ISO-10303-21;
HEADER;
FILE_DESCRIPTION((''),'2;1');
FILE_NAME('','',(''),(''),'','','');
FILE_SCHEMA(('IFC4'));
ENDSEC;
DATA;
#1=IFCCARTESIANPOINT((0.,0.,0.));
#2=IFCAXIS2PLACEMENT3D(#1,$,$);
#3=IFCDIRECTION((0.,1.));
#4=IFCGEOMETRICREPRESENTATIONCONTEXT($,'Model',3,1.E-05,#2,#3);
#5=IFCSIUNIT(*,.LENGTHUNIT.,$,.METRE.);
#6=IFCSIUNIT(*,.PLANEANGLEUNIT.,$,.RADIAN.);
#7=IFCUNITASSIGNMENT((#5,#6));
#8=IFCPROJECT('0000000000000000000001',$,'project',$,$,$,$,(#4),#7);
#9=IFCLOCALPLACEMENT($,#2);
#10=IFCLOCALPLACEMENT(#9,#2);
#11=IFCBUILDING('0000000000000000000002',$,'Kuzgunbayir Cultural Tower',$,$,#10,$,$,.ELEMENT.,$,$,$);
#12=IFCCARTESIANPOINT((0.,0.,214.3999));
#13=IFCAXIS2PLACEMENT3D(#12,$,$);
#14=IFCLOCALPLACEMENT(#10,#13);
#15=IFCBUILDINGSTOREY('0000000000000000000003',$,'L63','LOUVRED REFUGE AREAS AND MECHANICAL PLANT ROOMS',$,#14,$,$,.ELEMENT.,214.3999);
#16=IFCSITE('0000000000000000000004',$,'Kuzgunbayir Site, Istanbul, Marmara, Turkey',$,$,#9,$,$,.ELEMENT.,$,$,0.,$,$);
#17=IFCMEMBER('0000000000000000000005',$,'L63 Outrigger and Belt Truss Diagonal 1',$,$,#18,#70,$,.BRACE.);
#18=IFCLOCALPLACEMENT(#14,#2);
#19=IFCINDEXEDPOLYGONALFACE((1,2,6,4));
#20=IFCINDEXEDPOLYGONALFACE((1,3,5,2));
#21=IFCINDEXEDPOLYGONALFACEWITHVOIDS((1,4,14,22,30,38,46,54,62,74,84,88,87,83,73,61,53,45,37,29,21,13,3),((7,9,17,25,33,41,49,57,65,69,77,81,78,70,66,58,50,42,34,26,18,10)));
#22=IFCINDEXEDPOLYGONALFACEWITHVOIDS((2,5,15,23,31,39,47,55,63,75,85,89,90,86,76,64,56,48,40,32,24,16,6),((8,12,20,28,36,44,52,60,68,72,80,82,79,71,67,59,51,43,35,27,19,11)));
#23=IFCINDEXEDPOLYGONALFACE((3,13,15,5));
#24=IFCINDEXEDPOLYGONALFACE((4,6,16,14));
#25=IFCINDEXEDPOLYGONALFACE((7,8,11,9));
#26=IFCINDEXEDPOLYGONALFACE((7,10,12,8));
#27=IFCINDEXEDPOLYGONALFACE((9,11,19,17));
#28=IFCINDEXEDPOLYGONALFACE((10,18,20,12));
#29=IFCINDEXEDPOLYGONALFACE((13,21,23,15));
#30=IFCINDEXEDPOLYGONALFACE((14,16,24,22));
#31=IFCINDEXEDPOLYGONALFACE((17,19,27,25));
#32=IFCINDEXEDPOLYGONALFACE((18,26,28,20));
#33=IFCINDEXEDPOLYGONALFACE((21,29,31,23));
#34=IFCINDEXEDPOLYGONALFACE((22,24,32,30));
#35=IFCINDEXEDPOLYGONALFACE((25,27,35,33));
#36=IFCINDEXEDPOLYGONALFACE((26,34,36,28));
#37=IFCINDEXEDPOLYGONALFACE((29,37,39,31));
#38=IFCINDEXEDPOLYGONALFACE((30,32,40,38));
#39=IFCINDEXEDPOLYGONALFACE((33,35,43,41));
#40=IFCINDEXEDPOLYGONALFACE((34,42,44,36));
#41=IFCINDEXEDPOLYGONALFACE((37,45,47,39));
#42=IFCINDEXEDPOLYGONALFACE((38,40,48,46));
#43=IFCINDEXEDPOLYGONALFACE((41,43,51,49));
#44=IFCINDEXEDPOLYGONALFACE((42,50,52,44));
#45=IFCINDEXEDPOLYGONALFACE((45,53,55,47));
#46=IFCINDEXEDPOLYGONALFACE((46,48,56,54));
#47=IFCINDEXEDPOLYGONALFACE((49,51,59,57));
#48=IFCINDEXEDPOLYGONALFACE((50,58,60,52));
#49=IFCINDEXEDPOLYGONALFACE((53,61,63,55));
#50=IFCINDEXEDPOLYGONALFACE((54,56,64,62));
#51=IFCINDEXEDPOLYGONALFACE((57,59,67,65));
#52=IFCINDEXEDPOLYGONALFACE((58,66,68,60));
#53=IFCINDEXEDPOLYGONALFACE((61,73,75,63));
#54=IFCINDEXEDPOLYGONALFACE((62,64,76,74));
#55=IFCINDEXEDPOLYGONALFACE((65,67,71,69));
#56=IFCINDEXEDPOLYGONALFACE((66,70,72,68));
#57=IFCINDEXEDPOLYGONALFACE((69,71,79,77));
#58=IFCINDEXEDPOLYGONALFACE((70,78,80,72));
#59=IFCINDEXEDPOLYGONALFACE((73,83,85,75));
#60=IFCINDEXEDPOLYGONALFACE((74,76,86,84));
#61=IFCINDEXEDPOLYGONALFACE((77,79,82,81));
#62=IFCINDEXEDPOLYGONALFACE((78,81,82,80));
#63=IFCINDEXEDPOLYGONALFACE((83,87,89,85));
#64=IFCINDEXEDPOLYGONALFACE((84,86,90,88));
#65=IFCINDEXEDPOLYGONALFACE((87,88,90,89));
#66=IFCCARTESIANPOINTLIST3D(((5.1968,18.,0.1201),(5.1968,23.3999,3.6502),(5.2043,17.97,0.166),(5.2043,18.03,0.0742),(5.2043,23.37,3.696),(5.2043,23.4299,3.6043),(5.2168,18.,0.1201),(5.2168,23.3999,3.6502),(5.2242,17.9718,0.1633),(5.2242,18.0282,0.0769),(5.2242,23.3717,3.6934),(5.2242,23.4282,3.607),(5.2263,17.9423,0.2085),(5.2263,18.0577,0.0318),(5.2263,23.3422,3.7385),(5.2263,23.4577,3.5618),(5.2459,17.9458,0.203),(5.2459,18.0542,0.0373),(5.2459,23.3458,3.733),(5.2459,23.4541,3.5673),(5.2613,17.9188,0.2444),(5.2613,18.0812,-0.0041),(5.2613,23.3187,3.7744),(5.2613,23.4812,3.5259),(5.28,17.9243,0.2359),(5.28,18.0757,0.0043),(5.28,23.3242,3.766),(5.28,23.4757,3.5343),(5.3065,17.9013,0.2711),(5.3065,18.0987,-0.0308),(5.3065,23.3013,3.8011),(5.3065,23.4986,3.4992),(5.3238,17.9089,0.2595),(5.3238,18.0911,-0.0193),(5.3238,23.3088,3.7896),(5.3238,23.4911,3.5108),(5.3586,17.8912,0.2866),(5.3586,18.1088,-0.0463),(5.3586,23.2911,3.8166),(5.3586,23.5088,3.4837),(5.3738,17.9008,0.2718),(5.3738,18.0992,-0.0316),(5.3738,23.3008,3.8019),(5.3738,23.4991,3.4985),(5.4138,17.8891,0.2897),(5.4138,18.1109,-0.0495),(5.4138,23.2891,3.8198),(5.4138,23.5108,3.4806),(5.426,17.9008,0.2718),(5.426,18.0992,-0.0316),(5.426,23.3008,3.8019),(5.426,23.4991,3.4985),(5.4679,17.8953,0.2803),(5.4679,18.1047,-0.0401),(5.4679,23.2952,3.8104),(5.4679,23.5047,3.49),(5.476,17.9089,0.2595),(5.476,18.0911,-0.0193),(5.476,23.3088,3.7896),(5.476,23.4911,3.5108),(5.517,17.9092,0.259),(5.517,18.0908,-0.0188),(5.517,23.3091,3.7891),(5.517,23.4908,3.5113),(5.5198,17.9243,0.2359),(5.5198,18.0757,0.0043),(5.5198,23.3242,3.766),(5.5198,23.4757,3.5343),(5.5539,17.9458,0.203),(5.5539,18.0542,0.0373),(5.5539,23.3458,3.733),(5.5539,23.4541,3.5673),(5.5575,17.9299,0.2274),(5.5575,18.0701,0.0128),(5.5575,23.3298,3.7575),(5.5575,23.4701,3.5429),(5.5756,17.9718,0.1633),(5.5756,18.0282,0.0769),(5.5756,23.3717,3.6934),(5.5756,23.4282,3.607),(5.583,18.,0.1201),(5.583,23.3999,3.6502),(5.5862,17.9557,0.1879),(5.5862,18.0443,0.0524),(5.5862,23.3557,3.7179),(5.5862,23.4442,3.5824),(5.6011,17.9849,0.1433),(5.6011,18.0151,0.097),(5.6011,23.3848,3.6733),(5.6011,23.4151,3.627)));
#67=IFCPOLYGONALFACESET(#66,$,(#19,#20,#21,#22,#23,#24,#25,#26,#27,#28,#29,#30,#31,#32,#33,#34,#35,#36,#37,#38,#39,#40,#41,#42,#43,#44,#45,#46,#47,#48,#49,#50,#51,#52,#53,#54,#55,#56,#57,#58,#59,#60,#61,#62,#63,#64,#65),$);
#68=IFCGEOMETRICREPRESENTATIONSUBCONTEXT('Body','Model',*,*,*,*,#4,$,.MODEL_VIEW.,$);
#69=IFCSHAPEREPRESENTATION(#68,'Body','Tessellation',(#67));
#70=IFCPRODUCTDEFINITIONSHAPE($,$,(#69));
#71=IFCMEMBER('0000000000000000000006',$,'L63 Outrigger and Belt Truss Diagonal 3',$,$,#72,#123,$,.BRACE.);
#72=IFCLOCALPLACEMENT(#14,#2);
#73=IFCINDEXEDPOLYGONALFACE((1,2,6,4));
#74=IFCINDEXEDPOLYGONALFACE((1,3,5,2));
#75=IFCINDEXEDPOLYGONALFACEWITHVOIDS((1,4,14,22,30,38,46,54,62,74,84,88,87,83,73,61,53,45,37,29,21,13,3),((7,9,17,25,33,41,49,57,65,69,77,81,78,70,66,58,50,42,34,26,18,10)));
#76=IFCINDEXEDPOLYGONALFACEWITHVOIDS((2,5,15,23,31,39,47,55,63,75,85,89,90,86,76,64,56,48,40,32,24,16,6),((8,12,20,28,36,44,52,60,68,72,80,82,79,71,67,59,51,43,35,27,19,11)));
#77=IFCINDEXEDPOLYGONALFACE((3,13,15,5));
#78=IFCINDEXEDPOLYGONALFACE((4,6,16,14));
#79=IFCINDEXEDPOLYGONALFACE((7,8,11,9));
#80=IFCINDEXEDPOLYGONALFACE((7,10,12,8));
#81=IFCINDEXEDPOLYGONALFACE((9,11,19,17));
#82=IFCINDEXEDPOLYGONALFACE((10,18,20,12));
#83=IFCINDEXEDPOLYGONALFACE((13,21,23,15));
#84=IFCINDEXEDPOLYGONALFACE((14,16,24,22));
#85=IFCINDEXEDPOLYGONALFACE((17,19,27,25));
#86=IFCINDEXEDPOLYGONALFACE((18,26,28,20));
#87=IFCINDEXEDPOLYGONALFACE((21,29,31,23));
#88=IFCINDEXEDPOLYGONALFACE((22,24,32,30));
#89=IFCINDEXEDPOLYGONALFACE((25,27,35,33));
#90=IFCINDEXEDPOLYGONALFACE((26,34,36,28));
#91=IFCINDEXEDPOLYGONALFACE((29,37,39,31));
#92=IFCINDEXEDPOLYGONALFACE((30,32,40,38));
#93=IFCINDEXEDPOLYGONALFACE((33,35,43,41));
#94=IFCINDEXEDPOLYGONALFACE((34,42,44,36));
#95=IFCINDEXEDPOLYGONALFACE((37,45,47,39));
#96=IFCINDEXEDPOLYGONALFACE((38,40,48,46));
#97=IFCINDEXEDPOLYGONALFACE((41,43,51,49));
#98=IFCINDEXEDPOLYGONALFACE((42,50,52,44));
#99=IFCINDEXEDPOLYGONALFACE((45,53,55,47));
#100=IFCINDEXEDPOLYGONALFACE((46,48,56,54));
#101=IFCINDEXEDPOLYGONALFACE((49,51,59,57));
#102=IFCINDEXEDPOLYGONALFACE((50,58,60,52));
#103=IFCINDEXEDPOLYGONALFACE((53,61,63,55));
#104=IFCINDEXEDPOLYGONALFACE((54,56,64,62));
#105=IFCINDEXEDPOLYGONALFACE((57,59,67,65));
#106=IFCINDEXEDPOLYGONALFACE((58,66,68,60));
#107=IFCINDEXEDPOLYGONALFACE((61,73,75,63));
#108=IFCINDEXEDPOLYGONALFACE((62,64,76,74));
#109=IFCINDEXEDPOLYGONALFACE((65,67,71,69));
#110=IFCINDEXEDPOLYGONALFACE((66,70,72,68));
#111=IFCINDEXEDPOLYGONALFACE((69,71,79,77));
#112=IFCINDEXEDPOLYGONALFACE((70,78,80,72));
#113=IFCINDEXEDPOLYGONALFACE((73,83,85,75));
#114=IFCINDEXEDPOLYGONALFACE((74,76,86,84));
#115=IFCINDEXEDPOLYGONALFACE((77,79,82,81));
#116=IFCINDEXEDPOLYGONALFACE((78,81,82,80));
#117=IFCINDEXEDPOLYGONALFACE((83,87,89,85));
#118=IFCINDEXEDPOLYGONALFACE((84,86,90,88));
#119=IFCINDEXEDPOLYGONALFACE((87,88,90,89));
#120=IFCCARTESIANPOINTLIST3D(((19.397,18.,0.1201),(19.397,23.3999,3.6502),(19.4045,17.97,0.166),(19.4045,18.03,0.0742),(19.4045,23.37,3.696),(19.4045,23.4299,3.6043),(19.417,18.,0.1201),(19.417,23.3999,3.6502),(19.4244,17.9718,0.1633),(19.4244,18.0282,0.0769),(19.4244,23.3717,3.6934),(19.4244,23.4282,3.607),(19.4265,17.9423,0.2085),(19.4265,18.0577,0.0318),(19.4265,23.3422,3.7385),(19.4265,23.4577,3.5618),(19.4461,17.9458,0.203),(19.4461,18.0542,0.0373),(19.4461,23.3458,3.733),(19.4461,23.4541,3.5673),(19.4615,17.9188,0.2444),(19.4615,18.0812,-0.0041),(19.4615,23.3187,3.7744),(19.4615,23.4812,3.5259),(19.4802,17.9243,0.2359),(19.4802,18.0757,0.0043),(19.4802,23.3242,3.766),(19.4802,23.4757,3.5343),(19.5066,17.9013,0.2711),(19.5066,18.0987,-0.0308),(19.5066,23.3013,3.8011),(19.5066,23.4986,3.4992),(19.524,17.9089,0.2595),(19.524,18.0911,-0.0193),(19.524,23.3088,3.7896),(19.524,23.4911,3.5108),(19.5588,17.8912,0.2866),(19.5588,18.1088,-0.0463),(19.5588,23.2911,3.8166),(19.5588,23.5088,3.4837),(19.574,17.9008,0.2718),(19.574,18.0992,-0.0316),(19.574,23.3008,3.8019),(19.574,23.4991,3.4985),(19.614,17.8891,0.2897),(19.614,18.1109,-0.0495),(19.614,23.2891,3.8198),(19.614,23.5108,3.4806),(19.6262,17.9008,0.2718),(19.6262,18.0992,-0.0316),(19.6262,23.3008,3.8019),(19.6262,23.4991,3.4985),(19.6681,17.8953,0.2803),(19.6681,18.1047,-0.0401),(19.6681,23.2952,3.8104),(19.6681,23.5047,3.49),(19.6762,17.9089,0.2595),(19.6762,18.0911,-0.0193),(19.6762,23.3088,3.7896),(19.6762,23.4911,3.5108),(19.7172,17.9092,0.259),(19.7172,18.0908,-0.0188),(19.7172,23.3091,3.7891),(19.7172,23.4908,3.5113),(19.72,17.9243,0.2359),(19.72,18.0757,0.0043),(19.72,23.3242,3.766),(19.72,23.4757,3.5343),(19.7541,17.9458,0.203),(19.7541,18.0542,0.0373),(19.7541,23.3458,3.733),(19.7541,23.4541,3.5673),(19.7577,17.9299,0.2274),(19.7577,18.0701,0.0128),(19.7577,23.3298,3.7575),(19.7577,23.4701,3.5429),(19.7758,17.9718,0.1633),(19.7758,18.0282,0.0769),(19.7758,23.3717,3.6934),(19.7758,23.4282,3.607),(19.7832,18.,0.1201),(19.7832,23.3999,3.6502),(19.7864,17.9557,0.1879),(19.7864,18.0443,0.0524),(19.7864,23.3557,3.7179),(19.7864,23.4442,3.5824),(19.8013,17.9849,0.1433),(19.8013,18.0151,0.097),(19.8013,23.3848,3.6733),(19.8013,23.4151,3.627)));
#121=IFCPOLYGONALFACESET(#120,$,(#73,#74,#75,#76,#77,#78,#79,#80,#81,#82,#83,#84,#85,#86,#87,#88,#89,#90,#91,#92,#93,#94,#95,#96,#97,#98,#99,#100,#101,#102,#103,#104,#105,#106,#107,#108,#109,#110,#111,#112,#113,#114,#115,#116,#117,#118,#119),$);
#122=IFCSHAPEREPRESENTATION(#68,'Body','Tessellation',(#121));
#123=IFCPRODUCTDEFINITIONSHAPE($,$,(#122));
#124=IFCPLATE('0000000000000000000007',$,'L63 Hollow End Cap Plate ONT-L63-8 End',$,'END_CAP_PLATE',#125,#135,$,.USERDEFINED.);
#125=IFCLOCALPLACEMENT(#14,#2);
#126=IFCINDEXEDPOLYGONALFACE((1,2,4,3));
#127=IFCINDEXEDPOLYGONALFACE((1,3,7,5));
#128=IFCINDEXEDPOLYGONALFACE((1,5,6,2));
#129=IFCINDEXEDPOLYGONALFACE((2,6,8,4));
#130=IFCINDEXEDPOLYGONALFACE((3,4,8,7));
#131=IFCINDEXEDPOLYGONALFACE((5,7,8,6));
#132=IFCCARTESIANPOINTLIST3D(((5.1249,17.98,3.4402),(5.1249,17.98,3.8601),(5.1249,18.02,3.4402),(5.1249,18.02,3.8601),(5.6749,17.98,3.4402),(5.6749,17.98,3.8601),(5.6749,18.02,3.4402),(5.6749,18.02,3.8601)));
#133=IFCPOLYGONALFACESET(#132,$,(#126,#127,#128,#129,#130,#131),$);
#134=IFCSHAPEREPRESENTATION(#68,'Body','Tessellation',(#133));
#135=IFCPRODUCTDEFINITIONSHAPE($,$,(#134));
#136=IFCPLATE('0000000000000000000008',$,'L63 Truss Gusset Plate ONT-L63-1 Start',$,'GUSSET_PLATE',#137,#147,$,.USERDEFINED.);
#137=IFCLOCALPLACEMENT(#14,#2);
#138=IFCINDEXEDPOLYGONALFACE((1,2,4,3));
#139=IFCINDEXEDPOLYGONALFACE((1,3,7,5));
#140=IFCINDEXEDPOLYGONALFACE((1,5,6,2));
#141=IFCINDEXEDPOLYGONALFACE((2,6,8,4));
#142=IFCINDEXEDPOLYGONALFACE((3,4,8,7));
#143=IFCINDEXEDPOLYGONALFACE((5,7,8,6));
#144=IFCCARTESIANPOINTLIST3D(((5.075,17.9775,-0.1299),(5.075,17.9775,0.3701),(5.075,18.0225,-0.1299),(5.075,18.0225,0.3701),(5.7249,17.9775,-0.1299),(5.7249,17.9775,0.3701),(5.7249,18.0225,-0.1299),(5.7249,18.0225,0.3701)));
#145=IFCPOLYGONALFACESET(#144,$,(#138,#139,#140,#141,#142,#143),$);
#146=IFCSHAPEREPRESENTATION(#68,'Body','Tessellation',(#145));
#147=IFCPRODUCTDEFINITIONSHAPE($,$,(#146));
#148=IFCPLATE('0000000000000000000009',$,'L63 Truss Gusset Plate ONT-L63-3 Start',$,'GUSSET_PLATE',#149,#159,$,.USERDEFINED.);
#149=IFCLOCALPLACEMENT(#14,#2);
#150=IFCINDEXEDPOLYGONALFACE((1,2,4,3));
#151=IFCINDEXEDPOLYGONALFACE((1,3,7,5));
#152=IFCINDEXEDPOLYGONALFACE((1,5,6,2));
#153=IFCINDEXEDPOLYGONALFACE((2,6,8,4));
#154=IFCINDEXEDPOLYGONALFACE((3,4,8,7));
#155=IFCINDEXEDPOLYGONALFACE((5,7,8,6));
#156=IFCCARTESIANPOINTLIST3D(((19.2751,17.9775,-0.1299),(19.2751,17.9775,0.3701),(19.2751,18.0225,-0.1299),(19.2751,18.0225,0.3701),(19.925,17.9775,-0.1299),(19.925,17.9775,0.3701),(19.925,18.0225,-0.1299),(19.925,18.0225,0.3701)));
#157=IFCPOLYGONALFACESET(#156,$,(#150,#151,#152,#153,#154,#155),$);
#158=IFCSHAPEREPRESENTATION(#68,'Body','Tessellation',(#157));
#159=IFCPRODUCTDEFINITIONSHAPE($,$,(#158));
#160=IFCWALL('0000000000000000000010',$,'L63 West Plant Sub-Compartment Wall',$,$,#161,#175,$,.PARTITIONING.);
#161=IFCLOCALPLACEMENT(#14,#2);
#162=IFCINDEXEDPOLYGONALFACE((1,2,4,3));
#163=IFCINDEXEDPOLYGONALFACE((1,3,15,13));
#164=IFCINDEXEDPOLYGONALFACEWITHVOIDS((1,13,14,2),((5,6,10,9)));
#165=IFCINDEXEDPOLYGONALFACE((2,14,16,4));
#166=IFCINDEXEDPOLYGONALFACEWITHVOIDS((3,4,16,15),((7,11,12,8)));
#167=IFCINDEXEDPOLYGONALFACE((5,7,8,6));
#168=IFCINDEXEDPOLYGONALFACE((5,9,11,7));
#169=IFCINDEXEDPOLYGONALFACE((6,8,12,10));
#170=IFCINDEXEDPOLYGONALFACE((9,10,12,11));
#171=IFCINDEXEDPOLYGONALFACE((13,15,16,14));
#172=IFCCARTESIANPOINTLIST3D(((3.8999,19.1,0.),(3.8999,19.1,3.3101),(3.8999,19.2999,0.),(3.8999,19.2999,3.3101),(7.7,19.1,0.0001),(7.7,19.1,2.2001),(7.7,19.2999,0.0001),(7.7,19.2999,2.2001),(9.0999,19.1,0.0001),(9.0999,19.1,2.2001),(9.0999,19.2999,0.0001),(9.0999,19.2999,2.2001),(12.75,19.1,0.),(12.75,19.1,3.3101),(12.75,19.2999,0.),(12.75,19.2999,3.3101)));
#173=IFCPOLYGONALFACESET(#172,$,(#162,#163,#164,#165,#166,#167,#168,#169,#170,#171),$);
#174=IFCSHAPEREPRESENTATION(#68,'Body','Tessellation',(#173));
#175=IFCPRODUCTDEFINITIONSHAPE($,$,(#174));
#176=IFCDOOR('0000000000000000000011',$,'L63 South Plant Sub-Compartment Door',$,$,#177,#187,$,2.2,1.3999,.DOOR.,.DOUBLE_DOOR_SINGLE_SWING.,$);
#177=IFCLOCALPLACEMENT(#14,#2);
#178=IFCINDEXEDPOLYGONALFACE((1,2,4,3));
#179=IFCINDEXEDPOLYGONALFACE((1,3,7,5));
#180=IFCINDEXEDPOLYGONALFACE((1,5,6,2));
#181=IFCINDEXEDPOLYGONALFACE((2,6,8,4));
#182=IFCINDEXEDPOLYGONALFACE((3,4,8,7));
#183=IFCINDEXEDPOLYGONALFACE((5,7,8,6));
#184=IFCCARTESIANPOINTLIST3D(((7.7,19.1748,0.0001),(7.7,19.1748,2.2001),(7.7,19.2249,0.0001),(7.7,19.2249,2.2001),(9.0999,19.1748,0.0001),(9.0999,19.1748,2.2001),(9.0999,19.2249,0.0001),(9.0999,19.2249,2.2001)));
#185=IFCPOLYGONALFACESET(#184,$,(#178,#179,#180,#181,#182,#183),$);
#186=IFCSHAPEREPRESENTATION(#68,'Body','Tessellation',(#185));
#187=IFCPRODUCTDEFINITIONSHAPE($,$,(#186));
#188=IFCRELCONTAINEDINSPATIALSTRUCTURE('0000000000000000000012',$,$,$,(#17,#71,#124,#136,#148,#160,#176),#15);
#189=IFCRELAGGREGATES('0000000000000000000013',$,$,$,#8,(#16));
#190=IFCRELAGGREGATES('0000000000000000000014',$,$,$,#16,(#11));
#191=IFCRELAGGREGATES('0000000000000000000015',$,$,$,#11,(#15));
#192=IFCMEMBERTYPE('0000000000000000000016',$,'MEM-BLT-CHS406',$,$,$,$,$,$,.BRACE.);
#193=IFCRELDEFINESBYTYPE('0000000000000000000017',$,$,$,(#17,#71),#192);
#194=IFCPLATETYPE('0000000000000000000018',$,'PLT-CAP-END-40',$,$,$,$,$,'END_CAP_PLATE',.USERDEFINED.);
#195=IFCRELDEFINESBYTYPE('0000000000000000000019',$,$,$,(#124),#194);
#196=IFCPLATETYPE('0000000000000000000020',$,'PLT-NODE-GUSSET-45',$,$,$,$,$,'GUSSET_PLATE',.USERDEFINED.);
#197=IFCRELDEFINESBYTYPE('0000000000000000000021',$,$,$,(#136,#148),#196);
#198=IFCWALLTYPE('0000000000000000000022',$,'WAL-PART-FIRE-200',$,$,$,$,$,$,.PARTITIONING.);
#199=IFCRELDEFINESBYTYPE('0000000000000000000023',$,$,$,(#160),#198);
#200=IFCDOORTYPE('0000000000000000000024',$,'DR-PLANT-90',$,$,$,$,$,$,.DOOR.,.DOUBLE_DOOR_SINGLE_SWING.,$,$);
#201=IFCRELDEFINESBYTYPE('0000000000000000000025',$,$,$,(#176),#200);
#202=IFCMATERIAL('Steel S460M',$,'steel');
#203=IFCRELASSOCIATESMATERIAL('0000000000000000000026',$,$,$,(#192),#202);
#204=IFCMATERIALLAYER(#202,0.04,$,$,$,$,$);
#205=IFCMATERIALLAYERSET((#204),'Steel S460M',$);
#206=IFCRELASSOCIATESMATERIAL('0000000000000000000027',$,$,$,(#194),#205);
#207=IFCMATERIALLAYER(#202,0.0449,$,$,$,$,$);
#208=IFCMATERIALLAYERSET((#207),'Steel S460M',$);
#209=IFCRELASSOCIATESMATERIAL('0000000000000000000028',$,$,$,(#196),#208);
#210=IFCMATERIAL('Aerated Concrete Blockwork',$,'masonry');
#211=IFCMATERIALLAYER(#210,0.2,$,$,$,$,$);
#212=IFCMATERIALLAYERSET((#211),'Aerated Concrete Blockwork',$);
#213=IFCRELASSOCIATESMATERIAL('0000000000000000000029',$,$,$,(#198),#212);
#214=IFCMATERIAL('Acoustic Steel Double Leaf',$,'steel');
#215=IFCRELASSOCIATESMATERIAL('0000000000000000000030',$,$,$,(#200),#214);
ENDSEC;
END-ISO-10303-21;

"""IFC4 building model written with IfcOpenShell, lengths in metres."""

from ifc_helpers import new_model, si_unit, direction, frame, frame_2d, origin, origin_2d, place, context, subcontext, project, spatial, rectangle, hollow_circle, extrude, material, layer, layer_set, material_profile, profile_set, type_object, element, fill, save


model = new_model("IFC4")

# Units and contexts
model_context = context("Model", 3, precision=1e-05, world=origin(), true_north=direction((0.0, 1.0)))
body_context = subcontext(model_context, "Body", "Model", "MODEL_VIEW")
ifc_project = project(units=[si_unit("LENGTHUNIT", "METRE"), si_unit("PLANEANGLEUNIT", "RADIAN")], contexts=[model_context])

# Site, building, storey
site_placement = place(None, origin())
site = spatial("IfcSite", under=ifc_project, at=site_placement, Name="Kuzgunbayir Site, Istanbul, Marmara, Turkey", CompositionType="ELEMENT", RefElevation=0.0)
building_placement = place(site_placement, origin())
building = spatial("IfcBuilding", under=site, at=building_placement, Name="Kuzgunbayir Cultural Tower", CompositionType="ELEMENT")
storey_placement = place(building_placement, frame((0.0, 0.0, 214.3999)))
storey = spatial("IfcBuildingStorey", under=building, at=storey_placement, Name="L63", Description="LOUVRED REFUGE AREAS AND MECHANICAL PLANT ROOMS", CompositionType="ELEMENT", Elevation=214.3999)

# Members
ifc_material_1 = material(Name="Steel S460M", Category="steel")
ifc_material_profile_1 = material_profile(ifc_material_1, hollow_circle(Radius=0.2031, WallThickness=0.02, at=origin_2d()), Name="CHS 406.4x20")
ifc_profile_set_1 = profile_set([ifc_material_profile_1], Name="Steel S460M")
member_type = type_object("IfcMemberType", Name="MEM-BLT-CHS406", PredefinedType="BRACE", material=ifc_profile_set_1)
for number, where, z_axis, x_axis, name in (
    (1, (5.3999, 18.0, 0.1201), (0.0, 0.837018, 0.547176), (-1.0, 0.0, 0.0), "L63 Outrigger and Belt Truss Diagonal 1"),
    (2, (19.6001, 18.0, 0.1201), (0.0, 0.837018, 0.547176), (-1.0, 0.0, 0.0), "L63 Outrigger and Belt Truss Diagonal 3"),
):
    element("IfcMember", number, at=place(storey_placement, frame(where, z_axis=z_axis, x_axis=x_axis)), inside=storey, type_object=member_type, Name=name, PredefinedType="BRACE", context=body_context, shape_type="SweptSolid", body=[
        extrude(hollow_circle(Radius=0.2031, WallThickness=0.02, at=origin_2d()), origin(), (0.0, 0.0, 1.0), 6.4514),
    ])

# Plates
ifc_layer_1 = layer(ifc_material_1, 0.04)
ifc_layer_set_1 = layer_set([ifc_layer_1], Name="Steel S460M")
plate_type_1 = type_object("IfcPlateType", Name="PLT-CAP-END-40", ElementType="END_CAP_PLATE", PredefinedType="USERDEFINED", material=ifc_layer_set_1)
plate_placement = place(storey_placement, frame((5.3999, 18.0, 3.4402), z_axis=(0.0, 0.0, 1.0), x_axis=(1.0, 0.0, 0.0)))
element("IfcPlate", 3, at=plate_placement, inside=storey, type_object=plate_type_1, Name="L63 Hollow End Cap Plate ONT-L63-8 End", ObjectType="END_CAP_PLATE", PredefinedType="USERDEFINED", context=body_context, shape_type="SweptSolid", body=[
    extrude(rectangle(XDim=0.55, YDim=0.04, at=origin_2d()), origin(), (0.0, 0.0, 1.0), 0.4199),
])
ifc_layer_2 = layer(ifc_material_1, 0.0449)
ifc_layer_set_2 = layer_set([ifc_layer_2], Name="Steel S460M")
plate_type_2 = type_object("IfcPlateType", Name="PLT-NODE-GUSSET-45", ElementType="GUSSET_PLATE", PredefinedType="USERDEFINED", material=ifc_layer_set_2)
for number, where, z_axis, x_axis, name in (
    (4, (5.3999, 18.0, -0.1299), (0.0, 0.0, 1.0), (1.0, 0.0, 0.0), "L63 Truss Gusset Plate ONT-L63-1 Start"),
    (5, (19.6001, 18.0, -0.1299), (0.0, 0.0, 1.0), (1.0, 0.0, 0.0), "L63 Truss Gusset Plate ONT-L63-3 Start"),
):
    element("IfcPlate", number, at=place(storey_placement, frame(where, z_axis=z_axis, x_axis=x_axis)), inside=storey, type_object=plate_type_2, Name=name, ObjectType="GUSSET_PLATE", PredefinedType="USERDEFINED", context=body_context, shape_type="SweptSolid", body=[
        extrude(rectangle(XDim=0.6499, YDim=0.0449, at=origin_2d()), origin(), (0.0, 0.0, 1.0), 0.5),
    ])

# Wall, opening, door
ifc_material_2 = material(Name="Aerated Concrete Blockwork", Category="masonry")
ifc_layer_3 = layer(ifc_material_2, 0.2)
ifc_layer_set_3 = layer_set([ifc_layer_3], Name="Aerated Concrete Blockwork")
wall_type = type_object("IfcWallType", Name="WAL-PART-FIRE-200", PredefinedType="PARTITIONING", material=ifc_layer_set_3)
wall_placement = place(storey_placement, frame((3.8999, 19.2, 0.0), z_axis=(0.0, 0.0, 1.0), x_axis=(1.0, 0.0, 0.0)))
wall = element("IfcWall", 6, at=wall_placement, inside=storey, type_object=wall_type, Name="L63 West Plant Sub-Compartment Wall", PredefinedType="PARTITIONING", context=body_context, shape_type="SweptSolid", body=[
    extrude(rectangle(XDim=8.8501, YDim=0.2, at=frame_2d((4.425, 0.0))), origin(), (0.0, 0.0, 1.0), 3.3101),
])
opening_placement = place(wall_placement, frame((3.8, 0.0, 0.0)))
opening = element("IfcOpeningElement", 7, at=opening_placement, cuts=wall, PredefinedType="OPENING", context=body_context, shape_type="SweptSolid", body=[
    extrude(rectangle(XDim=1.3999, YDim=2.2, at=frame_2d((0.7, 1.1001))), frame((0.0, 0.1099, 0.0), z_axis=(0.0, -1.0, 0.0), x_axis=(1.0, 0.0, 0.0)), (0.0, 0.0, 1.0), 0.22),
])
ifc_material_3 = material(Name="Acoustic Steel Double Leaf", Category="steel")
door_type = type_object("IfcDoorType", Name="DR-PLANT-90", OperationType="DOUBLE_DOOR_SINGLE_SWING", PredefinedType="DOOR", material=ifc_material_3)
door_placement = place(opening_placement, origin())
door = element("IfcDoor", 8, at=door_placement, inside=storey, type_object=door_type, Name="L63 South Plant Sub-Compartment Door", OperationType="DOUBLE_DOOR_SINGLE_SWING", OverallHeight=2.2, OverallWidth=1.3999, PredefinedType="DOOR", context=body_context, shape_type="SweptSolid", body=[
    extrude(rectangle(XDim=1.3999, YDim=2.2, at=frame_2d((0.7, 1.1001))), frame((0.0, 0.0249, 0.0), z_axis=(0.0, -1.0, 0.0), x_axis=(1.0, 0.0, 0.0)), (0.0, 0.0, 1.0), 0.05),
])
fill(opening, door)

save(model, "model.ifc")
